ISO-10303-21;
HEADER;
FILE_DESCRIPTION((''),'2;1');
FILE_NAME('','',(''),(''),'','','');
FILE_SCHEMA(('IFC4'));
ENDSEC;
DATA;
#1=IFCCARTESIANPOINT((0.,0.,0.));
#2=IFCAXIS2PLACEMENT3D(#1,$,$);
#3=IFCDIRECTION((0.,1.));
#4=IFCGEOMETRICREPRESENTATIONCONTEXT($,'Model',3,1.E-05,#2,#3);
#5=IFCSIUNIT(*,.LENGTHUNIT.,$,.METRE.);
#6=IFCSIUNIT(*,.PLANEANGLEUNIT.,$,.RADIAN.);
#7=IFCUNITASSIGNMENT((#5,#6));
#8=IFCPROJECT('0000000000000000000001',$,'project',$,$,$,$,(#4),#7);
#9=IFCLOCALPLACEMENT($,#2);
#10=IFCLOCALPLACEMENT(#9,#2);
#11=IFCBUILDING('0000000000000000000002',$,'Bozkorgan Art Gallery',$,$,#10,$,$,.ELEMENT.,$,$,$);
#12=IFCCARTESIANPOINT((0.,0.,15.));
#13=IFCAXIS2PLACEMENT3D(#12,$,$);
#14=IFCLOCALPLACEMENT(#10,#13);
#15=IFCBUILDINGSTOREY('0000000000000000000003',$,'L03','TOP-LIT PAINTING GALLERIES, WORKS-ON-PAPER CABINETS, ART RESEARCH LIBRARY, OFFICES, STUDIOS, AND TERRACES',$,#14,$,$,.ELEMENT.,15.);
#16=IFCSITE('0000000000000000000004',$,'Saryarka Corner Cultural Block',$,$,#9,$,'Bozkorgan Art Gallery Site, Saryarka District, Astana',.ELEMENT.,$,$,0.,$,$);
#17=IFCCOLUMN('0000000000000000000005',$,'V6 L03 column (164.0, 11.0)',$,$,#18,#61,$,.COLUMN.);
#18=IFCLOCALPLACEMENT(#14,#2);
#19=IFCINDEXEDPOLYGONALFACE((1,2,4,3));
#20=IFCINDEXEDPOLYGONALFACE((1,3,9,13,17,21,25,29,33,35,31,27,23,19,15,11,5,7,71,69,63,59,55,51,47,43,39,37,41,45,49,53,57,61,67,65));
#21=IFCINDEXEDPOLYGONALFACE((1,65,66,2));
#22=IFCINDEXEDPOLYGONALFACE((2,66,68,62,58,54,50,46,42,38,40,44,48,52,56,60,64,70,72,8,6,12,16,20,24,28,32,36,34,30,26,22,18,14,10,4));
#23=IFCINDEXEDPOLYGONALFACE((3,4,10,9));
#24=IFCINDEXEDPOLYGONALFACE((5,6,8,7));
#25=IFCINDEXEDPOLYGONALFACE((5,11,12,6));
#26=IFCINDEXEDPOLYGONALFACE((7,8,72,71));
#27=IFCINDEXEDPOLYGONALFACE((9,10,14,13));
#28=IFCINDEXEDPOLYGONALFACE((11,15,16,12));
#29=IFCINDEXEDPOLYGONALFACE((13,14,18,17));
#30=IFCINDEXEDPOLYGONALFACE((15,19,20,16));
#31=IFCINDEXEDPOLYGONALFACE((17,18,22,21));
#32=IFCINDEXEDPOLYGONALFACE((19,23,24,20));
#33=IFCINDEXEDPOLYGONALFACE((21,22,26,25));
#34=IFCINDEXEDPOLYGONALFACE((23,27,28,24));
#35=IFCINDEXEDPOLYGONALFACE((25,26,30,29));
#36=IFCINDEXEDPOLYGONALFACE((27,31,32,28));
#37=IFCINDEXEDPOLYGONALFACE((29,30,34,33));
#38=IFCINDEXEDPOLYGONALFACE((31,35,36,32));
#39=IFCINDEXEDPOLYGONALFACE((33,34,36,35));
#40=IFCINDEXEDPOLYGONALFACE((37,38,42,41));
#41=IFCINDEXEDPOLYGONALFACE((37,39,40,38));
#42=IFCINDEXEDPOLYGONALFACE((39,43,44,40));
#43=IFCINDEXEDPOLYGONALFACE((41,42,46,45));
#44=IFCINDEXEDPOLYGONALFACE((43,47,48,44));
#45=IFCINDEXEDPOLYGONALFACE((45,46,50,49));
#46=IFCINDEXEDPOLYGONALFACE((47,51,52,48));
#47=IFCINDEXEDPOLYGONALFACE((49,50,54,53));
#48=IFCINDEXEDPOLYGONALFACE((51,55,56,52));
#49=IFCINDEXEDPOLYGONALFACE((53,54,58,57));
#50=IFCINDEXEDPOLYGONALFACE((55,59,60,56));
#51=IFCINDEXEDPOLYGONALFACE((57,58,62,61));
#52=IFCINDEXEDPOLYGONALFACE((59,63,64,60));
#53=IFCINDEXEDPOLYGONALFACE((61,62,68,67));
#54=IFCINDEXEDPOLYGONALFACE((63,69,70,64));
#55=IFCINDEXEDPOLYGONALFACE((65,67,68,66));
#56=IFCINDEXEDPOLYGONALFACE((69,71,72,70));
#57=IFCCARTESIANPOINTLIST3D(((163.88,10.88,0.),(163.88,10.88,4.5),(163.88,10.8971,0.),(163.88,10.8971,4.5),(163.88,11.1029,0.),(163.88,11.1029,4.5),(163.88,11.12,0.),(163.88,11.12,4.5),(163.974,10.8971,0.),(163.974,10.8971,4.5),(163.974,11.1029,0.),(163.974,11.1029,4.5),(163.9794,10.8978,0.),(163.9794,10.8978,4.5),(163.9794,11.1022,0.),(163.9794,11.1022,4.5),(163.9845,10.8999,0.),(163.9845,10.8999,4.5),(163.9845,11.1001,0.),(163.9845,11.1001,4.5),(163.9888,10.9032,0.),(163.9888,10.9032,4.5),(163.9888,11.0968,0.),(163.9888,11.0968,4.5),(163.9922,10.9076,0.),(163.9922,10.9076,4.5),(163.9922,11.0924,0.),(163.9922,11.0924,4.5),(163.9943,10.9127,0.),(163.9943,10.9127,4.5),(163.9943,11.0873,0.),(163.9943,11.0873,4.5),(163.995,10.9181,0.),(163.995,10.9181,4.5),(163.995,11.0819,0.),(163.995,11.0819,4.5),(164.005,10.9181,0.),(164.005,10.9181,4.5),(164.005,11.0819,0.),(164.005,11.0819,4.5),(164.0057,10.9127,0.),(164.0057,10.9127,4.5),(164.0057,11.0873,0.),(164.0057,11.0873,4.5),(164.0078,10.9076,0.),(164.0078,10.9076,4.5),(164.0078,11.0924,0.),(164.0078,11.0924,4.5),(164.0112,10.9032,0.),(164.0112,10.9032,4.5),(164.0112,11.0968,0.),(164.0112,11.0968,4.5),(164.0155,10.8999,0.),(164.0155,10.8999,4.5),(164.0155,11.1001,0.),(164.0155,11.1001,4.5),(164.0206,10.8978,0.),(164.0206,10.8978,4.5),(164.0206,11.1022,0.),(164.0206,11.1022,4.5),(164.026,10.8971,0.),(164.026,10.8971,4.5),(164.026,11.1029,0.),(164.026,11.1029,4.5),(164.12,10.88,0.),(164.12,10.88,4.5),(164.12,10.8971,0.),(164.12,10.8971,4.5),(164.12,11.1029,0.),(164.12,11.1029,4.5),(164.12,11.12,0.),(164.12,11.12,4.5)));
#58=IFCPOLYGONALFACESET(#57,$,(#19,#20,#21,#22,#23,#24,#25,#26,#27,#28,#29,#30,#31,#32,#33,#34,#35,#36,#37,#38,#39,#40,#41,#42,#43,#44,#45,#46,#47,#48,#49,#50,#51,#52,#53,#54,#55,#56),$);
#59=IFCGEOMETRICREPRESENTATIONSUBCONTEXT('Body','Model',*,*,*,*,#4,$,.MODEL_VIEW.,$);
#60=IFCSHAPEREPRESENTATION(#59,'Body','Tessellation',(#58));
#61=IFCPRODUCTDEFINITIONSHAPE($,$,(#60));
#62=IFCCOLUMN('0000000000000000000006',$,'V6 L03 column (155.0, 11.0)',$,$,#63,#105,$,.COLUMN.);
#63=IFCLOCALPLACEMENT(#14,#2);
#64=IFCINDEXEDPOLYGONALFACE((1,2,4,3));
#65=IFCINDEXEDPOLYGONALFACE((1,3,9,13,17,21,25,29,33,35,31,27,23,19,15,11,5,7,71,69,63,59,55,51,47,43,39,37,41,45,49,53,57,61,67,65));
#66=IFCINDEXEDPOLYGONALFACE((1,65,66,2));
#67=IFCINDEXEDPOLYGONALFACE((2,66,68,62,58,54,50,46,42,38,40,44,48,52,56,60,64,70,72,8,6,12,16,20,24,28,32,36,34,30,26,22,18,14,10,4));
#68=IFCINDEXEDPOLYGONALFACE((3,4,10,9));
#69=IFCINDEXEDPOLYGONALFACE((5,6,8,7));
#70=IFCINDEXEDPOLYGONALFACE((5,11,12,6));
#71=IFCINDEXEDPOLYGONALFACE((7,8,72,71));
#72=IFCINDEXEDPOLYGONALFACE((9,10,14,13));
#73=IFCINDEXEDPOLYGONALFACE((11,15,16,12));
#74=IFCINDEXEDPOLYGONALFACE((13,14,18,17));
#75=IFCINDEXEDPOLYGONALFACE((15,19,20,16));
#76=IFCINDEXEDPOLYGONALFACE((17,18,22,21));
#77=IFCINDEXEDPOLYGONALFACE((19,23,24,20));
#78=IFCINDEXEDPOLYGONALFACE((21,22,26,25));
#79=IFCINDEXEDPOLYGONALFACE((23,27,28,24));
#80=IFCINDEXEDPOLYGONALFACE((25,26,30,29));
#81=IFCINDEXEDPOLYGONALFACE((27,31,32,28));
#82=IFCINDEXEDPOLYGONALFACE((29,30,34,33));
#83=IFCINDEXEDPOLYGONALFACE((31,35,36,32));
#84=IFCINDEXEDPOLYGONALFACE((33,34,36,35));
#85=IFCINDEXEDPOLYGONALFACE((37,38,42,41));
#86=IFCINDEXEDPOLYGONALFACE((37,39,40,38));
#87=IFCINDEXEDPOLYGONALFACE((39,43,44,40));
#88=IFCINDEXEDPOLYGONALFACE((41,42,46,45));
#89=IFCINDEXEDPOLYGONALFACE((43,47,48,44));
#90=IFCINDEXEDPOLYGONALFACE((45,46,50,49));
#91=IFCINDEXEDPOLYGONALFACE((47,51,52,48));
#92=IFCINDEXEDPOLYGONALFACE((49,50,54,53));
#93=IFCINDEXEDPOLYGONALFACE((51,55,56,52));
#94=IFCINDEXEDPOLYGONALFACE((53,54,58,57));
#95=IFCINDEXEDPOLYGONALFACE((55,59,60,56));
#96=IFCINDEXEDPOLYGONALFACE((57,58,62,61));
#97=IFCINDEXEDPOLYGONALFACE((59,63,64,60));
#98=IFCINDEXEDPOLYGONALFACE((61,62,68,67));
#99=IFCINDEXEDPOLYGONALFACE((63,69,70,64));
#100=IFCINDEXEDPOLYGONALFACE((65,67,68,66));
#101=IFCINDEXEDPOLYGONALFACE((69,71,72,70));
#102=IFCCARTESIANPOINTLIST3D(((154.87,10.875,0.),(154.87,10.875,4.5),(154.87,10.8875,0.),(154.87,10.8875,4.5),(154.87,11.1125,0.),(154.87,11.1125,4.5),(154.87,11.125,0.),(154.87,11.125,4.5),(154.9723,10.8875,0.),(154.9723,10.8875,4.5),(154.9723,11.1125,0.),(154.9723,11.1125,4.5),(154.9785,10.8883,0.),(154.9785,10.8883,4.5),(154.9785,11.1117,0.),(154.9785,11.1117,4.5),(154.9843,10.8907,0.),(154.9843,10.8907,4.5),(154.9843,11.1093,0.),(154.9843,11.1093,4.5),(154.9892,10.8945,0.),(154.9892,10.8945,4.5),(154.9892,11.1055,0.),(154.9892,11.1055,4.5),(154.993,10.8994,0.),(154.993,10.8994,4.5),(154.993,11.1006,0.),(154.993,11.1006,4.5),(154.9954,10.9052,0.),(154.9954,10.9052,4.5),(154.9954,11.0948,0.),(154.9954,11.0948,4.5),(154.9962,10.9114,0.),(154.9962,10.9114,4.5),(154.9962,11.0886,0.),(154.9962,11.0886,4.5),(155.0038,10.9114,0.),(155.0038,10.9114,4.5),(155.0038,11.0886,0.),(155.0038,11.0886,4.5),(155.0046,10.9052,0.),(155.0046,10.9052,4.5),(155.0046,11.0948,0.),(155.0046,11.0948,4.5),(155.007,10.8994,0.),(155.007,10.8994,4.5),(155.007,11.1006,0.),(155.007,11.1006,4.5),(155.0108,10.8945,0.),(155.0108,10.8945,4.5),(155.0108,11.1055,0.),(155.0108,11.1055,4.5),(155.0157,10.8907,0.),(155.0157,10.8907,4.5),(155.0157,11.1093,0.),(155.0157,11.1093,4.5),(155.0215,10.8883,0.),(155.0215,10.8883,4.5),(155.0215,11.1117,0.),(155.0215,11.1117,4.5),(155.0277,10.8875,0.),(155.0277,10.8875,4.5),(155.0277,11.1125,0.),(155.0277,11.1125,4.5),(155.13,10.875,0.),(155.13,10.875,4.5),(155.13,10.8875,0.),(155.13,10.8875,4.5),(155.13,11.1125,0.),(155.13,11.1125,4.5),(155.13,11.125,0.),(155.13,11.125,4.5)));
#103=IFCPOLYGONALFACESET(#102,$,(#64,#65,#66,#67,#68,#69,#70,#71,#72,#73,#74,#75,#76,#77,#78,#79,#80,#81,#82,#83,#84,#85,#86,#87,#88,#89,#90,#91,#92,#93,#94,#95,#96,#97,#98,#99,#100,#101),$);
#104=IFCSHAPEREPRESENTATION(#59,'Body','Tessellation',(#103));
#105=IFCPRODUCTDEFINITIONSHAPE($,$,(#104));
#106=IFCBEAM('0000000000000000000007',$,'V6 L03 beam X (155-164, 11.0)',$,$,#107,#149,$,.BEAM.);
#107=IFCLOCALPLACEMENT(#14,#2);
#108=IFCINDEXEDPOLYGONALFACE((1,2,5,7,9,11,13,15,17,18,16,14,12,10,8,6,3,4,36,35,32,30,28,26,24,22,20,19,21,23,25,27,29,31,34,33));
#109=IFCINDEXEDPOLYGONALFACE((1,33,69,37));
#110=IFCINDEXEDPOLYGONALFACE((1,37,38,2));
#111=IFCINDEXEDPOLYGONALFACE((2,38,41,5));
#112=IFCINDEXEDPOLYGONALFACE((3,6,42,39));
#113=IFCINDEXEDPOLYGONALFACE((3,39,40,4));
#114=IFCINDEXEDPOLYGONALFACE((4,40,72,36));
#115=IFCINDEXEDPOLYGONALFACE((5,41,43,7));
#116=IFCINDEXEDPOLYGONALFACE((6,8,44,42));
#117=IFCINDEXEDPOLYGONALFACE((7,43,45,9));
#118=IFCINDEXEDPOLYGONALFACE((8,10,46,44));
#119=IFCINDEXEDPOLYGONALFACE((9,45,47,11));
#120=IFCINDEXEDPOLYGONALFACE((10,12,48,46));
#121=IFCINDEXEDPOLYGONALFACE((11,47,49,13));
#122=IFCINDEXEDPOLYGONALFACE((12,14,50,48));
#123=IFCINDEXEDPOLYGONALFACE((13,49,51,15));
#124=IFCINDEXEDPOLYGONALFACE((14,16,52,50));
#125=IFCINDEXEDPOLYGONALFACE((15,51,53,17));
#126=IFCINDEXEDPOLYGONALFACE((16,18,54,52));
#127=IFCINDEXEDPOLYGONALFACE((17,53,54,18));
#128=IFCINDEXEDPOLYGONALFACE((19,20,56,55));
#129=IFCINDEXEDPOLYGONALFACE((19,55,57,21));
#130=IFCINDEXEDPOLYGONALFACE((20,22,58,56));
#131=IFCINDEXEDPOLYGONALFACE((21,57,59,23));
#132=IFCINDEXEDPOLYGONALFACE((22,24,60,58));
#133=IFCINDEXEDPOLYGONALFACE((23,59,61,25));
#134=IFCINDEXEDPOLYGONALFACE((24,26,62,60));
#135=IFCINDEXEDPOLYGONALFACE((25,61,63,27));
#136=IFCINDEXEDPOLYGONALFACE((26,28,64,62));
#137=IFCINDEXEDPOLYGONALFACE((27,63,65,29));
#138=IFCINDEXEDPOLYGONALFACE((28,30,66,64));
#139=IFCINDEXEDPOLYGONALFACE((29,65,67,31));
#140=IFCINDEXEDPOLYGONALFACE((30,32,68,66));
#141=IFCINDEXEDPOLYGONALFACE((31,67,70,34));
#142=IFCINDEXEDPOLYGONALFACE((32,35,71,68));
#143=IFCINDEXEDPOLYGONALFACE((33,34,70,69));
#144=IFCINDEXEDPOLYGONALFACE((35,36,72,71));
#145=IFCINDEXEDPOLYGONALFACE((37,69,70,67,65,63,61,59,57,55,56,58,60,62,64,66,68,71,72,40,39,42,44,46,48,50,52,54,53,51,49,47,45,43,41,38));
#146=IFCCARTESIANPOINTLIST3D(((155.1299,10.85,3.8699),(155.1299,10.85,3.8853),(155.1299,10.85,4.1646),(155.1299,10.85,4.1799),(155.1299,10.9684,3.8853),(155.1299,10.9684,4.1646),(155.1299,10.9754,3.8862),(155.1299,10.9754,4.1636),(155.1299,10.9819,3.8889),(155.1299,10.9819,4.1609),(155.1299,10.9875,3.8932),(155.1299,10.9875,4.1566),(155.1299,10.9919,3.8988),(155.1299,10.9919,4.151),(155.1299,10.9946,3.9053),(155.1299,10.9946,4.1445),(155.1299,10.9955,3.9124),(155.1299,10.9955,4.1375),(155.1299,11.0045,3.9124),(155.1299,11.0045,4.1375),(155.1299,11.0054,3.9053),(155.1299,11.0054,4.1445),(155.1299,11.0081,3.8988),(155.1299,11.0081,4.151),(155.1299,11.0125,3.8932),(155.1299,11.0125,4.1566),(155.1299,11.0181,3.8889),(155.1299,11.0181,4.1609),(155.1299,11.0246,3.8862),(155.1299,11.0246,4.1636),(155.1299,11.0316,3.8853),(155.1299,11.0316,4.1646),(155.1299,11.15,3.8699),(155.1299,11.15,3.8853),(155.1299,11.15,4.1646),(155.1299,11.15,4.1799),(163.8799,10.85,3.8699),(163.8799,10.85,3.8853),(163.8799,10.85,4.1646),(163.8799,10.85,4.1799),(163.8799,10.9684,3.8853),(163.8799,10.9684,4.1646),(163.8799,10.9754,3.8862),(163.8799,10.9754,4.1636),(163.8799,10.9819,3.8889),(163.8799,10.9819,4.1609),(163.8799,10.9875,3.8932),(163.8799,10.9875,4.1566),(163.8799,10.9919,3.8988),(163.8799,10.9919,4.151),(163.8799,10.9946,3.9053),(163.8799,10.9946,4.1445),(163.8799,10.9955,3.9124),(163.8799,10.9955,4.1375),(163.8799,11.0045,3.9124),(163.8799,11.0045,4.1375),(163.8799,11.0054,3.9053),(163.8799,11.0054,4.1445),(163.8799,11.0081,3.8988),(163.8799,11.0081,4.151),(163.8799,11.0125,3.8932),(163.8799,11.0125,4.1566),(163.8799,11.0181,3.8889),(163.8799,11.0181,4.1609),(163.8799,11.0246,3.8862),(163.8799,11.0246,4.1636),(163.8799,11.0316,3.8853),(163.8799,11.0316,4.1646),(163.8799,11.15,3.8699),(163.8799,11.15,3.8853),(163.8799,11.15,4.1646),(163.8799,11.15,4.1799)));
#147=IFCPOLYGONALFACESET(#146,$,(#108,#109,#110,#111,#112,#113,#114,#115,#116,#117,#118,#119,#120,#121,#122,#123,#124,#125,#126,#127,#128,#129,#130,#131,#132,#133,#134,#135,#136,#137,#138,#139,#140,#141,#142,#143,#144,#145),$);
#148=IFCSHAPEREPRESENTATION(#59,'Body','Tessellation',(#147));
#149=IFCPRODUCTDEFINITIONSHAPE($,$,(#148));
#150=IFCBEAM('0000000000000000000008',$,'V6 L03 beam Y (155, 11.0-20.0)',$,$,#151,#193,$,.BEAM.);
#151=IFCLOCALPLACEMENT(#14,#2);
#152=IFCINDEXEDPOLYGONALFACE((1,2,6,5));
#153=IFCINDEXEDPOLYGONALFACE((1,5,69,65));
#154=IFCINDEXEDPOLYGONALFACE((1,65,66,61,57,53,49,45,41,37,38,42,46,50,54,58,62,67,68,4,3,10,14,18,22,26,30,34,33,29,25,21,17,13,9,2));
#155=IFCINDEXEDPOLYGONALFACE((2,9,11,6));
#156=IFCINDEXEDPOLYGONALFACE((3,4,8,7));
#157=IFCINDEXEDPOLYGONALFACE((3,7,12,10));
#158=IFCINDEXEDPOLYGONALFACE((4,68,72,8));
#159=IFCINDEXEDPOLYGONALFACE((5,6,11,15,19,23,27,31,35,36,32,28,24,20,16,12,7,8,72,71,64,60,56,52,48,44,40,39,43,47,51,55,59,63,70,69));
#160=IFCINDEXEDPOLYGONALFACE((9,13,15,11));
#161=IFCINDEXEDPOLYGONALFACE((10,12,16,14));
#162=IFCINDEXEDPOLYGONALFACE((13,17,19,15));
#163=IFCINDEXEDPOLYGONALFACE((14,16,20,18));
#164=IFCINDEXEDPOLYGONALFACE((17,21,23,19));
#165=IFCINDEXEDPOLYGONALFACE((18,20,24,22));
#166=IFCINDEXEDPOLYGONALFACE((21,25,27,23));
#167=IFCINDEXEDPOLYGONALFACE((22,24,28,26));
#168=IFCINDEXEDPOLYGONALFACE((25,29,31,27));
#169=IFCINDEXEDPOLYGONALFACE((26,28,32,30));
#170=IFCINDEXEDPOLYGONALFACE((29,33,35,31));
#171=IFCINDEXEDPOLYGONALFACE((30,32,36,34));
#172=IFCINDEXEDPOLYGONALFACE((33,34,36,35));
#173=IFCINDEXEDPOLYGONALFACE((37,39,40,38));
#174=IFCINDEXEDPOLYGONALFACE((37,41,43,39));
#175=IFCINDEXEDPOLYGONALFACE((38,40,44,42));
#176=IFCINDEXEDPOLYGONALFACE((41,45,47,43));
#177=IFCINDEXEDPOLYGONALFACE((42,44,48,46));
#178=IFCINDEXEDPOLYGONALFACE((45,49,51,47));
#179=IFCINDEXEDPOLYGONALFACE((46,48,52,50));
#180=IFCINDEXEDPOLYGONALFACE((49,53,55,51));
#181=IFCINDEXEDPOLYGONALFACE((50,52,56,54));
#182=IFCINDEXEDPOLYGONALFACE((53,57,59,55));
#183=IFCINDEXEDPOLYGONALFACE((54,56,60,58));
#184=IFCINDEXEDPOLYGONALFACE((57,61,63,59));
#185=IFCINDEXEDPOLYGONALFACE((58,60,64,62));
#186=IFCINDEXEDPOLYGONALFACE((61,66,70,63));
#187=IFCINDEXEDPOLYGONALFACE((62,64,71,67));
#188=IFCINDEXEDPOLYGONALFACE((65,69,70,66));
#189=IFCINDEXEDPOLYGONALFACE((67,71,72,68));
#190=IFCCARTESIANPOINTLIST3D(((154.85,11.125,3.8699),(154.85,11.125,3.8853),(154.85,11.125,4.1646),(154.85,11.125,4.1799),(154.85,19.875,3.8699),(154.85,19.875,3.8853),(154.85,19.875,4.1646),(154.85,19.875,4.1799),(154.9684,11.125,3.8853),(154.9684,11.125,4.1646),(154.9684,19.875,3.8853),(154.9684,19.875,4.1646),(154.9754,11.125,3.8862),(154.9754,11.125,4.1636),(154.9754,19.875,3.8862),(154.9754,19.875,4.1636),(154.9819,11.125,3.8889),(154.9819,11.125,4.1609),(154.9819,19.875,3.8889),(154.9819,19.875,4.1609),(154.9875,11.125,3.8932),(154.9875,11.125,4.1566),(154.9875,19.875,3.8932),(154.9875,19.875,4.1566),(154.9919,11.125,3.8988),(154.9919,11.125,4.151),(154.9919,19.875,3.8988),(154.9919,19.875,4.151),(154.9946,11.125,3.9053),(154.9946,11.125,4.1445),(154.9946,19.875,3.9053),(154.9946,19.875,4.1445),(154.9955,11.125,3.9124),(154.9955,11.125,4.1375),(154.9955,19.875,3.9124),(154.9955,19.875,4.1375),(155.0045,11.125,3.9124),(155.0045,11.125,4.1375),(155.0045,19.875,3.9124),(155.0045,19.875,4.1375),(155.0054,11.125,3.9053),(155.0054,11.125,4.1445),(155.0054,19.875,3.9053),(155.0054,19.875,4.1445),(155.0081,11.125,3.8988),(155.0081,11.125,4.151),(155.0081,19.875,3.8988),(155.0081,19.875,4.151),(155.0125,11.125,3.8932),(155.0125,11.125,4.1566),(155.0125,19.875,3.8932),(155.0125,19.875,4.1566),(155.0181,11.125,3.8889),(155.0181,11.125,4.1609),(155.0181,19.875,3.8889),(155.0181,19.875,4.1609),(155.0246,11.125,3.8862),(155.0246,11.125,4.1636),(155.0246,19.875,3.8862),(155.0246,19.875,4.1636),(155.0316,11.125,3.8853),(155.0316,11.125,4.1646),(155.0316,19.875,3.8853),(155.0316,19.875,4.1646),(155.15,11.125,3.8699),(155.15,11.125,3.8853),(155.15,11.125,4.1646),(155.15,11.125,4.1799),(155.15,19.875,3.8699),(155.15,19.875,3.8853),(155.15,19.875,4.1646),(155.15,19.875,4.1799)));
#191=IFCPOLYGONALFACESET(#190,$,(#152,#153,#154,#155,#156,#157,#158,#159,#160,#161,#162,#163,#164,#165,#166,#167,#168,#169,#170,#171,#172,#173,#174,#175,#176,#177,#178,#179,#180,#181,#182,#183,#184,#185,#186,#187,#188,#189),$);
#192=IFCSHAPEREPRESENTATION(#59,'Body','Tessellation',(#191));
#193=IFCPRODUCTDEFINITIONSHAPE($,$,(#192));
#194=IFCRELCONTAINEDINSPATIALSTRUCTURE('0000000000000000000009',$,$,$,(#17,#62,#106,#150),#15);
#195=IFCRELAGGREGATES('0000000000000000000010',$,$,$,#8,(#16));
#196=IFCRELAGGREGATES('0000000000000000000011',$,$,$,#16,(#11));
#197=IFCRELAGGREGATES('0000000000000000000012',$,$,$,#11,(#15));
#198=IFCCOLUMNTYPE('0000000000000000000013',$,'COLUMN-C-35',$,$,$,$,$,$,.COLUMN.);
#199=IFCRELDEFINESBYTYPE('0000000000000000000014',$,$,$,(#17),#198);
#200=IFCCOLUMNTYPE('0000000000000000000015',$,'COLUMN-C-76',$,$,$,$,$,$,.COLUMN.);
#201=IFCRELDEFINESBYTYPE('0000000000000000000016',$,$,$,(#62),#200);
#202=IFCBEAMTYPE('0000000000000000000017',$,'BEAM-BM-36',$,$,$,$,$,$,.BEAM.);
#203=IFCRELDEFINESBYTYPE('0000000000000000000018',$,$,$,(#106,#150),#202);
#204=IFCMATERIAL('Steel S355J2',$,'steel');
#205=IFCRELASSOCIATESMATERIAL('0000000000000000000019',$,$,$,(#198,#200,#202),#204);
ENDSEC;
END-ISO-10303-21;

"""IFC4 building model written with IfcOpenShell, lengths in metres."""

from ifc_helpers import new_model, si_unit, direction, frame, origin, origin_2d, place, context, subcontext, project, spatial, i_section, extrude, material, material_profile, profile_set, type_object, element, save


model = new_model("IFC4")

# Units and contexts
model_context = context("Model", 3, precision=1e-05, world=origin(), true_north=direction((0.0, 1.0)))
body_context = subcontext(model_context, "Body", "Model", "MODEL_VIEW")
ifc_project = project(units=[si_unit("LENGTHUNIT", "METRE"), si_unit("PLANEANGLEUNIT", "RADIAN")], contexts=[model_context])

# Site, building, storey
site_placement = place(None, origin())
site = spatial("IfcSite", under=ifc_project, at=site_placement, Name="Saryarka Corner Cultural Block", LongName="Bozkorgan Art Gallery Site, Saryarka District, Astana", CompositionType="ELEMENT", RefElevation=0.0)
building_placement = place(site_placement, origin())
building = spatial("IfcBuilding", under=site, at=building_placement, Name="Bozkorgan Art Gallery", CompositionType="ELEMENT")
storey_placement = place(building_placement, frame((0.0, 0.0, 15.0)))
storey = spatial("IfcBuildingStorey", under=building, at=storey_placement, Name="L03", Description="TOP-LIT PAINTING GALLERIES, WORKS-ON-PAPER CABINETS, ART RESEARCH LIBRARY, OFFICES, STUDIOS, AND TERRACES", CompositionType="ELEMENT", Elevation=15.0)

# Columns
ifc_material_1 = material(Name="Steel S355J2", Category="steel")
ifc_material_profile_1 = material_profile(ifc_material_1, i_section(OverallWidth=0.24, OverallDepth=0.24, WebThickness=0.01, FlangeThickness=0.0171, FilletRadius=0.021, at=origin_2d()), Name="HEB 240")
ifc_profile_set_1 = profile_set([ifc_material_profile_1], Name="Steel S355J2")
column_type_1 = type_object("IfcColumnType", Name="COLUMN-C-35", PredefinedType="COLUMN", material=ifc_profile_set_1)
column_1_placement = place(storey_placement, frame((164.0, 11.0, 0.0), z_axis=(0.0, 0.0, 1.0), x_axis=(1.0, 0.0, 0.0)))
element("IfcColumn", 1, at=column_1_placement, inside=storey, type_object=column_type_1, Name="V6 L03 column (164.0, 11.0)", PredefinedType="COLUMN", context=body_context, shape_type="SweptSolid", body=[
    extrude(i_section(OverallWidth=0.24, OverallDepth=0.24, WebThickness=0.01, FlangeThickness=0.0171, FilletRadius=0.021, at=origin_2d()), origin(), (0.0, 0.0, 1.0), 4.5),
])
ifc_material_profile_2 = material_profile(ifc_material_1, i_section(OverallWidth=0.26, OverallDepth=0.25, WebThickness=0.0076, FlangeThickness=0.0125, FilletRadius=0.0239, at=origin_2d()), Name="HEA 260")
ifc_profile_set_2 = profile_set([ifc_material_profile_2], Name="Steel S355J2")
column_type_2 = type_object("IfcColumnType", Name="COLUMN-C-76", PredefinedType="COLUMN", material=ifc_profile_set_2)
column_2_placement = place(storey_placement, frame((155.0, 11.0, 0.0), z_axis=(0.0, 0.0, 1.0), x_axis=(1.0, 0.0, 0.0)))
element("IfcColumn", 2, at=column_2_placement, inside=storey, type_object=column_type_2, Name="V6 L03 column (155.0, 11.0)", PredefinedType="COLUMN", context=body_context, shape_type="SweptSolid", body=[
    extrude(i_section(OverallWidth=0.26, OverallDepth=0.25, WebThickness=0.0076, FlangeThickness=0.0125, FilletRadius=0.0239, at=origin_2d()), origin(), (0.0, 0.0, 1.0), 4.5),
])

# Beams
ifc_material_profile_3 = material_profile(ifc_material_1, i_section(OverallWidth=0.3, OverallDepth=0.3101, WebThickness=0.009, FlangeThickness=0.0154, FilletRadius=0.0271, at=origin_2d()), Name="HEA 320")
ifc_profile_set_3 = profile_set([ifc_material_profile_3], Name="Steel S355J2")
beam_type = type_object("IfcBeamType", Name="BEAM-BM-36", PredefinedType="BEAM", material=ifc_profile_set_3)
for number, where, z_axis, x_axis, name in (
    (3, (155.1299, 11.0, 4.0249), (1.0, 0.0, 0.0), (0.0, 1.0, 0.0), "V6 L03 beam X (155-164, 11.0)"),
    (4, (155.0, 11.125, 4.0249), (0.0, 1.0, 0.0), (-1.0, 0.0, 0.0), "V6 L03 beam Y (155, 11.0-20.0)"),
):
    element("IfcBeam", number, at=place(storey_placement, frame(where, z_axis=z_axis, x_axis=x_axis)), inside=storey, type_object=beam_type, Name=name, PredefinedType="BEAM", context=body_context, shape_type="SweptSolid", body=[
        extrude(i_section(OverallWidth=0.3, OverallDepth=0.3101, WebThickness=0.009, FlangeThickness=0.0154, FilletRadius=0.0271, at=origin_2d()), origin(), (0.0, 0.0, 1.0), 8.75),
    ])

save(model, "model.ifc")
